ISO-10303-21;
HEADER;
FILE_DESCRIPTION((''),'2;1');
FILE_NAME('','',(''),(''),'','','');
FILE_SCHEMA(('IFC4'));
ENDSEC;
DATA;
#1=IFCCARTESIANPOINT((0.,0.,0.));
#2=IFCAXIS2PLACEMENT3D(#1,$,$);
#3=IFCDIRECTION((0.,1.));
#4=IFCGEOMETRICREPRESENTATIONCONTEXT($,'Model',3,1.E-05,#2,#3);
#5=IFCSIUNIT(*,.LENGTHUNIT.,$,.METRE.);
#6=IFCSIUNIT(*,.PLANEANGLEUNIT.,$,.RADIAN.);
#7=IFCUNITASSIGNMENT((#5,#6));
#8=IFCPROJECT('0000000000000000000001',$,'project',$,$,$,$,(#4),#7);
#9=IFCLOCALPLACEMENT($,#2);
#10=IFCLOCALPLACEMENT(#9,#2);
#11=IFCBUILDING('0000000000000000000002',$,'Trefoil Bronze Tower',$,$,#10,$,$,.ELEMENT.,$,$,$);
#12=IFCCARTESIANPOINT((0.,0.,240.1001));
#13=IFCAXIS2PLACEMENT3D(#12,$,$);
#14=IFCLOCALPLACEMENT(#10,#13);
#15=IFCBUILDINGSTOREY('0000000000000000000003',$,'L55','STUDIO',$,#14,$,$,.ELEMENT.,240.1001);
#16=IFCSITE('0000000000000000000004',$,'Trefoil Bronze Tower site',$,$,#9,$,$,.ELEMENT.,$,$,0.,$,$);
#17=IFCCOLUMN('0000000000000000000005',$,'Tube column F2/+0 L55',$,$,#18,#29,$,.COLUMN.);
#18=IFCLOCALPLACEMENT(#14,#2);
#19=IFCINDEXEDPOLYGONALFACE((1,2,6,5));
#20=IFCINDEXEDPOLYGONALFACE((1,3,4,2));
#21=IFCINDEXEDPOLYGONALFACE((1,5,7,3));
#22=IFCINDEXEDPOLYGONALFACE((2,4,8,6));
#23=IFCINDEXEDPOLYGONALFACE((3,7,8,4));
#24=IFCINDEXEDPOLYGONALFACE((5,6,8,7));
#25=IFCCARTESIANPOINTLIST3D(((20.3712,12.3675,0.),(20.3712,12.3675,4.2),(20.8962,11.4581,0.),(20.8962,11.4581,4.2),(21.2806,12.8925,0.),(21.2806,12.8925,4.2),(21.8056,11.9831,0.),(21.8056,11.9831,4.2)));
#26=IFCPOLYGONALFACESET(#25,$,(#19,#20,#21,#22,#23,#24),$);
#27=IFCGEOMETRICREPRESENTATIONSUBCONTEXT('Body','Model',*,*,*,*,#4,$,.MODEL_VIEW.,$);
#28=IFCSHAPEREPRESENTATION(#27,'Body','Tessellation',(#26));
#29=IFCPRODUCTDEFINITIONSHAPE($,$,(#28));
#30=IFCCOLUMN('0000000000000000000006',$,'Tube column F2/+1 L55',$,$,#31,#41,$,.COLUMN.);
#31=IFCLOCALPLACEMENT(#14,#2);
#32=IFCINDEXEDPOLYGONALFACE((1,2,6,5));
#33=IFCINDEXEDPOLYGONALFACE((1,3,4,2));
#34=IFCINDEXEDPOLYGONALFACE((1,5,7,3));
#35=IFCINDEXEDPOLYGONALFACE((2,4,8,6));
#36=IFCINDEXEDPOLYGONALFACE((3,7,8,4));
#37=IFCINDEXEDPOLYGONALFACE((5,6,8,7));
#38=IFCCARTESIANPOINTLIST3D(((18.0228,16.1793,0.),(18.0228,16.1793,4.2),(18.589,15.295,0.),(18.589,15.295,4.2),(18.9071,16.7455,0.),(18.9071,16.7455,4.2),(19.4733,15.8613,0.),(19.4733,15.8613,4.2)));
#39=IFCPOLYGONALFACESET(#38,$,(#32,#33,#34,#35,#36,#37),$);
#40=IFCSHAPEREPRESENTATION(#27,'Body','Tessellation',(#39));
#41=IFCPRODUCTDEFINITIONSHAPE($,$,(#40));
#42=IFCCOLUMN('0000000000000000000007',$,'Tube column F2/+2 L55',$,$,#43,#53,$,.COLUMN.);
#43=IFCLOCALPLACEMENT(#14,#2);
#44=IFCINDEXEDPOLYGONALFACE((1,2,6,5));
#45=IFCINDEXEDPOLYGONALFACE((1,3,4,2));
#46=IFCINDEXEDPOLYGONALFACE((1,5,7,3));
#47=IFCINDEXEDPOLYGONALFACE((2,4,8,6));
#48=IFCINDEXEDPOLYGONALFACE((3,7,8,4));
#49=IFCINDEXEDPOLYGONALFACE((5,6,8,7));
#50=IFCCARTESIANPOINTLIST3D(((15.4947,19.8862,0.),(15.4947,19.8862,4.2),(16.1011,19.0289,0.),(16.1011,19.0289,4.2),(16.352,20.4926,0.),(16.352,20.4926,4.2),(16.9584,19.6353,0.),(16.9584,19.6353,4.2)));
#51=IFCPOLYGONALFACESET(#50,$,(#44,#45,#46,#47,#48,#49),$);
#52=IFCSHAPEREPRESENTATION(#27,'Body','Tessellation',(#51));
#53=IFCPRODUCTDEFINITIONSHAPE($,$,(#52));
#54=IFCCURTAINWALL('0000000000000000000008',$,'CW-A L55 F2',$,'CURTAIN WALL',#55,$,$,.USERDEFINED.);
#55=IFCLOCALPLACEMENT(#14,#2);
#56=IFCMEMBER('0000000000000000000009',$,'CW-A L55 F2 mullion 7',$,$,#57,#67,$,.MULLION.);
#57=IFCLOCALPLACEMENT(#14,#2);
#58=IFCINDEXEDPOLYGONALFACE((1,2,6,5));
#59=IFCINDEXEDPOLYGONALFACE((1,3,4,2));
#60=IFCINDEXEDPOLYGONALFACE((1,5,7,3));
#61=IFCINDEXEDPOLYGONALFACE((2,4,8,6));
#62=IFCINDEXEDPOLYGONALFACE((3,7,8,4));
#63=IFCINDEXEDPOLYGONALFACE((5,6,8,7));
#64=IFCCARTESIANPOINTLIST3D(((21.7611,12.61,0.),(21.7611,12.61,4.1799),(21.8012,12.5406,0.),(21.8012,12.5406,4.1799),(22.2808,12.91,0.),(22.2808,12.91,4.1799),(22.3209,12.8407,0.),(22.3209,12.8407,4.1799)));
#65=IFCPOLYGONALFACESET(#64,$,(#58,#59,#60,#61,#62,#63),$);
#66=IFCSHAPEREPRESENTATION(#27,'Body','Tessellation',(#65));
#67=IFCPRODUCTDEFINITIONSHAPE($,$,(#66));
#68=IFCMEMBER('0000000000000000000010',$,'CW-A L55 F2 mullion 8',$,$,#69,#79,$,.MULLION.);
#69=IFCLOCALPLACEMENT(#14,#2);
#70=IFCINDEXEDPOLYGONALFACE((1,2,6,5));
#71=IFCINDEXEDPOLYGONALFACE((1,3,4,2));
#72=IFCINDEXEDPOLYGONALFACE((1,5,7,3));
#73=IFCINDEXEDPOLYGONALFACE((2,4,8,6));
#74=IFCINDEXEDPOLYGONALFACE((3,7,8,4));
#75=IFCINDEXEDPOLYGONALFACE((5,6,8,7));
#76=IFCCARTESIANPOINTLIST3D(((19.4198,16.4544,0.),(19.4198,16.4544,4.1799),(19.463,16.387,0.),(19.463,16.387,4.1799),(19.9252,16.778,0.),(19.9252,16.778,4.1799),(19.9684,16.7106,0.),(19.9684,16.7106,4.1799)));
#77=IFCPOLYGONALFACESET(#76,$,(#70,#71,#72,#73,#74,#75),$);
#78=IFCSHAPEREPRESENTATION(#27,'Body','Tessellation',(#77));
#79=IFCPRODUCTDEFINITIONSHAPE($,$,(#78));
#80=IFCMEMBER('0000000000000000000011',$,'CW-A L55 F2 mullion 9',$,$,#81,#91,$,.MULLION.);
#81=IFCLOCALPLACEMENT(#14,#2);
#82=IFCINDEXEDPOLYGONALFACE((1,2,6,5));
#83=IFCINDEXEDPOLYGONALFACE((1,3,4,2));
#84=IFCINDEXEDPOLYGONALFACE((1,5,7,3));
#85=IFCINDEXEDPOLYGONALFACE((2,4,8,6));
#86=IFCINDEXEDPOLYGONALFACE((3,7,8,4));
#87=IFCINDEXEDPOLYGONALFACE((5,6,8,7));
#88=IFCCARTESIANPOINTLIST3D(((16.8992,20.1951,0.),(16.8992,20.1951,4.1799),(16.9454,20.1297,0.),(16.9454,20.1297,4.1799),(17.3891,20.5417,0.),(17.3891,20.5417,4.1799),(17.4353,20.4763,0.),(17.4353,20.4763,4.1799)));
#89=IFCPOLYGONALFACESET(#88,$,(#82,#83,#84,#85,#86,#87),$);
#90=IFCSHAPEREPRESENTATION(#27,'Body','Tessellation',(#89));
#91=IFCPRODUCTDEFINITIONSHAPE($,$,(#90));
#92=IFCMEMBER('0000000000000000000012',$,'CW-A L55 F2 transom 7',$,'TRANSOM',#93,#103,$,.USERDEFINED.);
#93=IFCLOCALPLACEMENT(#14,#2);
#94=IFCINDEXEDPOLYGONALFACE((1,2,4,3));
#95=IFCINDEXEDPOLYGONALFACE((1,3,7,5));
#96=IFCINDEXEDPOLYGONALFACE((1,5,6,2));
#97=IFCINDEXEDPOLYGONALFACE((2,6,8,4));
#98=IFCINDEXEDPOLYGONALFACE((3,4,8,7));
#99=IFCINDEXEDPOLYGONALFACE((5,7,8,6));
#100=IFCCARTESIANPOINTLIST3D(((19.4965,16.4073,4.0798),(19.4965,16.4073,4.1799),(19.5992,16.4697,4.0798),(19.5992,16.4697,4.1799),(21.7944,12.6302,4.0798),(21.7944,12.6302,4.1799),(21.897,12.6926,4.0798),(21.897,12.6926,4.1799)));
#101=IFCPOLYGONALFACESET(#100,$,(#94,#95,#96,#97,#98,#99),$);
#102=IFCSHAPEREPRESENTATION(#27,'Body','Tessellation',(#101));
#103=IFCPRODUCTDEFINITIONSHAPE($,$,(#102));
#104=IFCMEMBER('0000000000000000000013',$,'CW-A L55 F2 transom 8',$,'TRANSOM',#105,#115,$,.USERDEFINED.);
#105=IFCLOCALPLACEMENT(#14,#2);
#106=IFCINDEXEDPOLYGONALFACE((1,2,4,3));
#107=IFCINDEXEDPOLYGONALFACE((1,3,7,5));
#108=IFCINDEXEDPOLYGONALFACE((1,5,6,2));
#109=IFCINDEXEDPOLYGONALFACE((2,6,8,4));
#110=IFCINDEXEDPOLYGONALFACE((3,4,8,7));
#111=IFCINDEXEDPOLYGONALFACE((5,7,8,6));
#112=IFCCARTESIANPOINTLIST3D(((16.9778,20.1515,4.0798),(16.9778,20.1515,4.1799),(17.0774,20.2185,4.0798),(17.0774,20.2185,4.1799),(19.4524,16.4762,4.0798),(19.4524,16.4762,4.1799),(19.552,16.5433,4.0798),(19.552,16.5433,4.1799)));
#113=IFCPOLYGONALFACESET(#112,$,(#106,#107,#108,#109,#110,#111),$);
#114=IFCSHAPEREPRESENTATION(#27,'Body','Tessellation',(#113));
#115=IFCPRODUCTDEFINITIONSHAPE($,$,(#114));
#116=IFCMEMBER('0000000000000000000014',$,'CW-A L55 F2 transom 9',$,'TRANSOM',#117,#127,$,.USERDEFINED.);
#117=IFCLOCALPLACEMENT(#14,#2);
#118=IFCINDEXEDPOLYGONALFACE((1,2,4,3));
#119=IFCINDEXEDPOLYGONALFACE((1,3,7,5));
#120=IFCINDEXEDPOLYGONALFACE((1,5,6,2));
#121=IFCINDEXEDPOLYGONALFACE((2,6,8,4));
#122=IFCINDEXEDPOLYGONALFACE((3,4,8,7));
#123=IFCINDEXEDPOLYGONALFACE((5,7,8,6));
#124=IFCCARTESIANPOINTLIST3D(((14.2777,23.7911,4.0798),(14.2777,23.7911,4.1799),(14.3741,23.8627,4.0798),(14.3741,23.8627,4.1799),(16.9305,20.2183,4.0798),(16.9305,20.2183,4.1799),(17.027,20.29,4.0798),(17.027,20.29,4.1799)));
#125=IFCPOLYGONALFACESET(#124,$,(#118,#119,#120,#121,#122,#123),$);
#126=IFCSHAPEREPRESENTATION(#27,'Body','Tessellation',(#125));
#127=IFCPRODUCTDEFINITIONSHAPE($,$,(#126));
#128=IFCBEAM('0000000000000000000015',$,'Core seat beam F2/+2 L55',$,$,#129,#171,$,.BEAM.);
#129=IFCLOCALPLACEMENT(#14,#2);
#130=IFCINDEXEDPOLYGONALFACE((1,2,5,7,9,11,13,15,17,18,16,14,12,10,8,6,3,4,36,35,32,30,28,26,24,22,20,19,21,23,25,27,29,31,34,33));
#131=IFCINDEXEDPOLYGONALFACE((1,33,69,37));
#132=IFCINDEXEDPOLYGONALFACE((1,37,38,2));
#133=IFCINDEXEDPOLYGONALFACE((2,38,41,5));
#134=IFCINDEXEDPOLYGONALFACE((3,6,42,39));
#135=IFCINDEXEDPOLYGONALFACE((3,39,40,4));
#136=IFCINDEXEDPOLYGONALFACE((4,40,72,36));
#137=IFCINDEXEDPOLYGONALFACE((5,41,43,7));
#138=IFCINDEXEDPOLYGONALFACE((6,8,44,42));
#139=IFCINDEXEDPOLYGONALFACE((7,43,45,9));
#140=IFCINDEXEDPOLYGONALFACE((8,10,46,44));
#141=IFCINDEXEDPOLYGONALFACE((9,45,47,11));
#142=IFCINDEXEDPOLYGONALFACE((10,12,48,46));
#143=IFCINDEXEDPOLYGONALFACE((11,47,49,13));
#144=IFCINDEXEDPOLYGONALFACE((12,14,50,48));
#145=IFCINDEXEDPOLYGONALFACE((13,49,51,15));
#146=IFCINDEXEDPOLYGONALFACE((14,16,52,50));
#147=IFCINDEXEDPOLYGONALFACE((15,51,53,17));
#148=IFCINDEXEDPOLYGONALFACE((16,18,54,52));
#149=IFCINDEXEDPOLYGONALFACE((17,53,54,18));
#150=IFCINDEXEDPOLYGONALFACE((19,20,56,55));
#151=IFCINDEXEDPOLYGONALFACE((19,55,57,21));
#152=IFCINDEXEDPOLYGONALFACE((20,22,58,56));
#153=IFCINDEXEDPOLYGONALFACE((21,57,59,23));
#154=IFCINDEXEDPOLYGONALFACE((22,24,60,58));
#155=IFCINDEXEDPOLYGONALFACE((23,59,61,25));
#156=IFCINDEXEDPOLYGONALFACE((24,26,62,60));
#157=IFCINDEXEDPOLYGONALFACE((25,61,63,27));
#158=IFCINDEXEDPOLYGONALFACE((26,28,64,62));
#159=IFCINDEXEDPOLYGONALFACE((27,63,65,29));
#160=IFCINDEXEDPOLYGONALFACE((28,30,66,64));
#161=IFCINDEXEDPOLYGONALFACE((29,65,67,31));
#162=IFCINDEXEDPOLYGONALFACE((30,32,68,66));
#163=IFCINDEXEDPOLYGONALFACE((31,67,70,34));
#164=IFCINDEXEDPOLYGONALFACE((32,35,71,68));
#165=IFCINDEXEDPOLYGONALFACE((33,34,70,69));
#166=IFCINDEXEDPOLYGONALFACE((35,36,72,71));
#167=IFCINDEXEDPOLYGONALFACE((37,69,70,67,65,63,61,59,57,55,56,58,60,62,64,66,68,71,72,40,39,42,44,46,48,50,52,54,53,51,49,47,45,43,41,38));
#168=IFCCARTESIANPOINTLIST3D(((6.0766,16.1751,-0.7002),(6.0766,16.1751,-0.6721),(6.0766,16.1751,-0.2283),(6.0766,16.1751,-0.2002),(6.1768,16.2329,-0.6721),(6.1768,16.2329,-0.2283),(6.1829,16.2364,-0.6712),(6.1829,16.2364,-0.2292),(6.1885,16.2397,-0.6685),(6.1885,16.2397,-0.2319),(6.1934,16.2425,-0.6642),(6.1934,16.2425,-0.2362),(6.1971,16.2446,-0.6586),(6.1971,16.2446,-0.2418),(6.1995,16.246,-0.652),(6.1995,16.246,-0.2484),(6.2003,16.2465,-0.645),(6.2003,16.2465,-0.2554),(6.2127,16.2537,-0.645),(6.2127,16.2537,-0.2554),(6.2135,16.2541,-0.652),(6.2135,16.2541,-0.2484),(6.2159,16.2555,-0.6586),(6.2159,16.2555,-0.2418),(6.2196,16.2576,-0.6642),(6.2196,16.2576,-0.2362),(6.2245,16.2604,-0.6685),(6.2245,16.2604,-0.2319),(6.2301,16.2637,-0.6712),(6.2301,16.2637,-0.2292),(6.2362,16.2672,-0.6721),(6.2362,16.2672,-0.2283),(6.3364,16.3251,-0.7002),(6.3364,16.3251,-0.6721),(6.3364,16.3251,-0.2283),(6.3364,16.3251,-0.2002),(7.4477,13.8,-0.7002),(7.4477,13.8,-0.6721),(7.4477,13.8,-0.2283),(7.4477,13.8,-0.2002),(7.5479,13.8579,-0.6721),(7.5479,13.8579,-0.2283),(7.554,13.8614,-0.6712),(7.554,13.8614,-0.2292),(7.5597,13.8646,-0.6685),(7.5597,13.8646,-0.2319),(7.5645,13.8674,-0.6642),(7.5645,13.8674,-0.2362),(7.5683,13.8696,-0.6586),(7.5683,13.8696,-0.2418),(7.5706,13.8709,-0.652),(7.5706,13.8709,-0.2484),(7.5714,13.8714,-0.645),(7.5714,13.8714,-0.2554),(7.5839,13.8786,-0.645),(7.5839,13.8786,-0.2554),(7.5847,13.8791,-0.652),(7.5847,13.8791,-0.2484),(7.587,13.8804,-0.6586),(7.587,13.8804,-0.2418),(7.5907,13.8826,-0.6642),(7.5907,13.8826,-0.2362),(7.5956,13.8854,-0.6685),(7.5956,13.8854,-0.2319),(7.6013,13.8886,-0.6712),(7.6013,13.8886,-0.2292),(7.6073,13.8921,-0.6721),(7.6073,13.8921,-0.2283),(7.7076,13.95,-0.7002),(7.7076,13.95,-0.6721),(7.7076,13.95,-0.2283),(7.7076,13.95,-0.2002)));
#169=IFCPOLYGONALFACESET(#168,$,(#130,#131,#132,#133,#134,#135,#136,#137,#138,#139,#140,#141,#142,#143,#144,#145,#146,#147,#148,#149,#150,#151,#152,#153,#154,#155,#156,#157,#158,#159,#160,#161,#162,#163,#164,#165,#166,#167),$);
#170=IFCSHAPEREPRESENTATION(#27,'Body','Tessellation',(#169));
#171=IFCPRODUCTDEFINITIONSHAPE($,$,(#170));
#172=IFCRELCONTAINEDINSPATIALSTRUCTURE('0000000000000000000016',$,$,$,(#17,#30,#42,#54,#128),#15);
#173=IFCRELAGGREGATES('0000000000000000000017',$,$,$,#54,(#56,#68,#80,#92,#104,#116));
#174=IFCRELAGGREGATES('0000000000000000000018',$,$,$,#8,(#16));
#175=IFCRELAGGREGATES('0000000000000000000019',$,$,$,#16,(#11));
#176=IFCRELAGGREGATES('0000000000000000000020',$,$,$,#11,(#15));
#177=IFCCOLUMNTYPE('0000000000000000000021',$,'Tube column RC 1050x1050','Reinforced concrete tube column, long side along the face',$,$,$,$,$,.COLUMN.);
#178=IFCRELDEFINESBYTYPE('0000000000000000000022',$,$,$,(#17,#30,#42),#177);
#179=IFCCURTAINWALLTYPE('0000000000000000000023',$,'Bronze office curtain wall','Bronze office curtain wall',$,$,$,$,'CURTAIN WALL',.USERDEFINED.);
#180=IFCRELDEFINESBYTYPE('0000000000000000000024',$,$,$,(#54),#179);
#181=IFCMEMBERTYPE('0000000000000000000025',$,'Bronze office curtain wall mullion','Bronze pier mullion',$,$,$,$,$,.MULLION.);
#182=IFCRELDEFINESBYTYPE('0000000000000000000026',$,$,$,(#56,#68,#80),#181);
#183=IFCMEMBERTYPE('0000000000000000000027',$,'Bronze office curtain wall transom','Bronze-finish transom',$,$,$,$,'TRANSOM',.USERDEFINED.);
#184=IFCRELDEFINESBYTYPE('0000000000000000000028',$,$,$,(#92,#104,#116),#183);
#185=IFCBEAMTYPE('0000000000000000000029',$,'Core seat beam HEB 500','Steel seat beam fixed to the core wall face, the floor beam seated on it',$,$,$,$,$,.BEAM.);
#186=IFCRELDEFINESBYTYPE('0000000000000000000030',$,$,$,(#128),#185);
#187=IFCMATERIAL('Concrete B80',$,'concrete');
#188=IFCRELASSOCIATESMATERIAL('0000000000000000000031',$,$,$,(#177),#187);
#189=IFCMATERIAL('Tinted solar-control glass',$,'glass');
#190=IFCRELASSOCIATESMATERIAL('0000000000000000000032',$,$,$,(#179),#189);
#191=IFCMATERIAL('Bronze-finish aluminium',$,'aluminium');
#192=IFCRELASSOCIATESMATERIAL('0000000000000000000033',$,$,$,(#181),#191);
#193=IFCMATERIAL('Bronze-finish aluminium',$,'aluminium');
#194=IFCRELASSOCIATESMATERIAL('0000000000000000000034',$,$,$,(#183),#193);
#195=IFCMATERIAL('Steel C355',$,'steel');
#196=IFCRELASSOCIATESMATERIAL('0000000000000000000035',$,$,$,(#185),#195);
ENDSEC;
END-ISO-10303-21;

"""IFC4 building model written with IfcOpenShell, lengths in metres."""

from ifc_helpers import new_model, si_unit, direction, frame, origin, origin_2d, place, context, subcontext, project, spatial, rectangle, i_section, extrude, material, material_profile, profile_set, type_object, element, aggregate, save


model = new_model("IFC4")

# Units and contexts
model_context = context("Model", 3, precision=1e-05, world=origin(), true_north=direction((0.0, 1.0)))
body_context = subcontext(model_context, "Body", "Model", "MODEL_VIEW")
ifc_project = project(units=[si_unit("LENGTHUNIT", "METRE"), si_unit("PLANEANGLEUNIT", "RADIAN")], contexts=[model_context])

# Site, building, storey
site_placement = place(None, origin())
site = spatial("IfcSite", under=ifc_project, at=site_placement, Name="Trefoil Bronze Tower site", CompositionType="ELEMENT", RefElevation=0.0)
building_placement = place(site_placement, origin())
building = spatial("IfcBuilding", under=site, at=building_placement, Name="Trefoil Bronze Tower", CompositionType="ELEMENT")
storey_placement = place(building_placement, frame((0.0, 0.0, 240.1001)))
storey = spatial("IfcBuildingStorey", under=building, at=storey_placement, Name="L55", Description="STUDIO", CompositionType="ELEMENT", Elevation=240.1001)

# Columns
ifc_material_1 = material(Name="Concrete B80", Category="concrete")
ifc_material_profile_1 = material_profile(ifc_material_1, rectangle(XDim=1.05, YDim=1.05, at=origin_2d()), Name="RC 1050x1050")
ifc_profile_set_1 = profile_set([ifc_material_profile_1], Name="Concrete B80")
column_type = type_object("IfcColumnType", Name="Tube column RC 1050x1050", Description="Reinforced concrete tube column, long side along the face", PredefinedType="COLUMN", material=ifc_profile_set_1)
for number, where, z_axis, x_axis, name in (
    (1, (21.0884, 12.1753, 0.0), (0.0, 0.0, 1.0), (-0.5, 0.866025, 0.0), "Tube column F2/+0 L55"),
    (2, (18.748, 16.0203, 0.0), (0.0, 0.0, 1.0), (-0.53927, 0.842133, 0.0), "Tube column F2/+1 L55"),
    (3, (16.2266, 19.7607, 0.0), (0.0, 0.0, 1.0), (-0.577481, 0.816404, 0.0), "Tube column F2/+2 L55"),
):
    element("IfcColumn", number, at=place(storey_placement, frame(where, z_axis=z_axis, x_axis=x_axis)), inside=storey, type_object=column_type, Name=name, PredefinedType="COLUMN", context=body_context, shape_type="SweptSolid", body=[
        extrude(rectangle(XDim=1.05, YDim=1.05, at=origin_2d()), origin(), (0.0, 0.0, 1.0), 4.2),
    ])

# Curtain wall, members
ifc_material_2 = material(Name="Tinted solar-control glass", Category="glass")
curtain_wall_type = type_object("IfcCurtainWallType", Name="Bronze office curtain wall", Description="Bronze office curtain wall", ElementType="CURTAIN WALL", PredefinedType="USERDEFINED", material=ifc_material_2)
curtain_wall_placement = place(storey_placement, origin())
curtain_wall = element("IfcCurtainWall", 4, at=curtain_wall_placement, inside=storey, type_object=curtain_wall_type, Name="CW-A L55 F2", ObjectType="CURTAIN WALL", PredefinedType="USERDEFINED")
ifc_material_3 = material(Name="Bronze-finish aluminium", Category="aluminium")
ifc_material_profile_2 = material_profile(ifc_material_3, rectangle(XDim=0.6001, YDim=0.0801, at=origin_2d()), Name="CW-A mullion")
ifc_profile_set_2 = profile_set([ifc_material_profile_2], Name="Bronze-finish aluminium")
member_type_1 = type_object("IfcMemberType", Name="Bronze office curtain wall mullion", Description="Bronze pier mullion", PredefinedType="MULLION", material=ifc_profile_set_2)
member_1_placement = place(storey_placement, frame((22.041, 12.7253, 0.0), z_axis=(0.0, 0.0, 1.0), x_axis=(-0.866025, -0.5, 0.0)))
member_1 = element("IfcMember", 5, at=member_1_placement, type_object=member_type_1, Name="CW-A L55 F2 mullion 7", PredefinedType="MULLION", context=body_context, shape_type="SweptSolid", body=[
    extrude(rectangle(XDim=0.6001, YDim=0.0801, at=origin_2d()), origin(), (0.0, 0.0, 1.0), 4.1799),
])
member_2_placement = place(storey_placement, frame((19.6941, 16.5825, 0.0), z_axis=(0.0, 0.0, 1.0), x_axis=(-0.842133, -0.53927, 0.0)))
member_2 = element("IfcMember", 6, at=member_2_placement, type_object=member_type_1, Name="CW-A L55 F2 mullion 8", PredefinedType="MULLION", context=body_context, shape_type="SweptSolid", body=[
    extrude(rectangle(XDim=0.6001, YDim=0.0801, at=origin_2d()), origin(), (0.0, 0.0, 1.0), 4.1799),
])
member_3_placement = place(storey_placement, frame((17.1672, 20.3357, 0.0), z_axis=(0.0, 0.0, 1.0), x_axis=(-0.816404, -0.577481, 0.0)))
member_3 = element("IfcMember", 7, at=member_3_placement, type_object=member_type_1, Name="CW-A L55 F2 mullion 9", PredefinedType="MULLION", context=body_context, shape_type="SweptSolid", body=[
    extrude(rectangle(XDim=0.6001, YDim=0.0801, at=origin_2d()), origin(), (0.0, 0.0, 1.0), 4.1799),
])
ifc_material_4 = material(Name="Bronze-finish aluminium", Category="aluminium")
ifc_material_profile_3 = material_profile(ifc_material_4, rectangle(XDim=0.1201, YDim=0.1001, at=origin_2d()), Name="CW-A transom")
ifc_profile_set_3 = profile_set([ifc_material_profile_3], Name="Bronze-finish aluminium")
member_type_2 = type_object("IfcMemberType", Name="Bronze office curtain wall transom", Description="Bronze-finish transom", ElementType="TRANSOM", PredefinedType="USERDEFINED", material=ifc_profile_set_3)
member_4_placement = place(storey_placement, frame((21.8457, 12.6614, 4.1299), z_axis=(-0.51974, 0.854324, 0.0), x_axis=(-0.854324, -0.51974, 0.0)))
member_4 = element("IfcMember", 8, at=member_4_placement, type_object=member_type_2, Name="CW-A L55 F2 transom 7", ObjectType="TRANSOM", PredefinedType="USERDEFINED", context=body_context, shape_type="SweptSolid", body=[
    extrude(rectangle(XDim=0.1201, YDim=0.1001, at=origin_2d()), origin(), (0.0, 0.0, 1.0), 4.4211),
])
member_5_placement = place(storey_placement, frame((19.5022, 16.5098, 4.1299), z_axis=(-0.558509, 0.829498, 0.0), x_axis=(-0.829498, -0.558509, 0.0)))
member_5 = element("IfcMember", 9, at=member_5_placement, type_object=member_type_2, Name="CW-A L55 F2 transom 8", ObjectType="TRANSOM", PredefinedType="USERDEFINED", context=body_context, shape_type="SweptSolid", body=[
    extrude(rectangle(XDim=0.1201, YDim=0.1001, at=origin_2d()), origin(), (0.0, 0.0, 1.0), 4.4307),
])
member_6_placement = place(storey_placement, frame((16.9788, 20.2542, 4.1299), z_axis=(-0.596148, 0.802874, 0.0), x_axis=(-0.802874, -0.596148, 0.0)))
member_6 = element("IfcMember", 10, at=member_6_placement, type_object=member_type_2, Name="CW-A L55 F2 transom 9", ObjectType="TRANSOM", PredefinedType="USERDEFINED", context=body_context, shape_type="SweptSolid", body=[
    extrude(rectangle(XDim=0.1201, YDim=0.1001, at=origin_2d()), origin(), (0.0, 0.0, 1.0), 4.45),
])

# Beam
ifc_material_5 = material(Name="Steel C355", Category="steel")
ifc_material_profile_4 = material_profile(ifc_material_5, i_section(OverallWidth=0.3, OverallDepth=0.5, WebThickness=0.0144, FlangeThickness=0.0281, FilletRadius=0.0271, at=origin_2d()), Name="HEB 500")
ifc_profile_set_4 = profile_set([ifc_material_profile_4], Name="Steel C355")
beam_type_1 = type_object("IfcBeamType", Name="Core seat beam HEB 500", Description="Steel seat beam fixed to the core wall face, the floor beam seated on it", PredefinedType="BEAM", material=ifc_profile_set_4)
beam_1_placement = place(storey_placement, frame((7.5776, 13.875, -0.4502), z_axis=(-0.499969, 0.866043, 0.0), x_axis=(-0.866043, -0.499969, 0.0)))
element("IfcBeam", 11, at=beam_1_placement, inside=storey, type_object=beam_type_1, Name="Core seat beam F2/+2 L55", PredefinedType="BEAM", context=body_context, shape_type="SweptSolid", body=[
    extrude(i_section(OverallWidth=0.3, OverallDepth=0.5, WebThickness=0.0144, FlangeThickness=0.0281, FilletRadius=0.0271, at=origin_2d()), origin(), (0.0, 0.0, 1.0), 2.7424),
])

aggregate(curtain_wall, [member_1, member_2, member_3, member_4, member_5, member_6])

save(model, "model.ifc")
